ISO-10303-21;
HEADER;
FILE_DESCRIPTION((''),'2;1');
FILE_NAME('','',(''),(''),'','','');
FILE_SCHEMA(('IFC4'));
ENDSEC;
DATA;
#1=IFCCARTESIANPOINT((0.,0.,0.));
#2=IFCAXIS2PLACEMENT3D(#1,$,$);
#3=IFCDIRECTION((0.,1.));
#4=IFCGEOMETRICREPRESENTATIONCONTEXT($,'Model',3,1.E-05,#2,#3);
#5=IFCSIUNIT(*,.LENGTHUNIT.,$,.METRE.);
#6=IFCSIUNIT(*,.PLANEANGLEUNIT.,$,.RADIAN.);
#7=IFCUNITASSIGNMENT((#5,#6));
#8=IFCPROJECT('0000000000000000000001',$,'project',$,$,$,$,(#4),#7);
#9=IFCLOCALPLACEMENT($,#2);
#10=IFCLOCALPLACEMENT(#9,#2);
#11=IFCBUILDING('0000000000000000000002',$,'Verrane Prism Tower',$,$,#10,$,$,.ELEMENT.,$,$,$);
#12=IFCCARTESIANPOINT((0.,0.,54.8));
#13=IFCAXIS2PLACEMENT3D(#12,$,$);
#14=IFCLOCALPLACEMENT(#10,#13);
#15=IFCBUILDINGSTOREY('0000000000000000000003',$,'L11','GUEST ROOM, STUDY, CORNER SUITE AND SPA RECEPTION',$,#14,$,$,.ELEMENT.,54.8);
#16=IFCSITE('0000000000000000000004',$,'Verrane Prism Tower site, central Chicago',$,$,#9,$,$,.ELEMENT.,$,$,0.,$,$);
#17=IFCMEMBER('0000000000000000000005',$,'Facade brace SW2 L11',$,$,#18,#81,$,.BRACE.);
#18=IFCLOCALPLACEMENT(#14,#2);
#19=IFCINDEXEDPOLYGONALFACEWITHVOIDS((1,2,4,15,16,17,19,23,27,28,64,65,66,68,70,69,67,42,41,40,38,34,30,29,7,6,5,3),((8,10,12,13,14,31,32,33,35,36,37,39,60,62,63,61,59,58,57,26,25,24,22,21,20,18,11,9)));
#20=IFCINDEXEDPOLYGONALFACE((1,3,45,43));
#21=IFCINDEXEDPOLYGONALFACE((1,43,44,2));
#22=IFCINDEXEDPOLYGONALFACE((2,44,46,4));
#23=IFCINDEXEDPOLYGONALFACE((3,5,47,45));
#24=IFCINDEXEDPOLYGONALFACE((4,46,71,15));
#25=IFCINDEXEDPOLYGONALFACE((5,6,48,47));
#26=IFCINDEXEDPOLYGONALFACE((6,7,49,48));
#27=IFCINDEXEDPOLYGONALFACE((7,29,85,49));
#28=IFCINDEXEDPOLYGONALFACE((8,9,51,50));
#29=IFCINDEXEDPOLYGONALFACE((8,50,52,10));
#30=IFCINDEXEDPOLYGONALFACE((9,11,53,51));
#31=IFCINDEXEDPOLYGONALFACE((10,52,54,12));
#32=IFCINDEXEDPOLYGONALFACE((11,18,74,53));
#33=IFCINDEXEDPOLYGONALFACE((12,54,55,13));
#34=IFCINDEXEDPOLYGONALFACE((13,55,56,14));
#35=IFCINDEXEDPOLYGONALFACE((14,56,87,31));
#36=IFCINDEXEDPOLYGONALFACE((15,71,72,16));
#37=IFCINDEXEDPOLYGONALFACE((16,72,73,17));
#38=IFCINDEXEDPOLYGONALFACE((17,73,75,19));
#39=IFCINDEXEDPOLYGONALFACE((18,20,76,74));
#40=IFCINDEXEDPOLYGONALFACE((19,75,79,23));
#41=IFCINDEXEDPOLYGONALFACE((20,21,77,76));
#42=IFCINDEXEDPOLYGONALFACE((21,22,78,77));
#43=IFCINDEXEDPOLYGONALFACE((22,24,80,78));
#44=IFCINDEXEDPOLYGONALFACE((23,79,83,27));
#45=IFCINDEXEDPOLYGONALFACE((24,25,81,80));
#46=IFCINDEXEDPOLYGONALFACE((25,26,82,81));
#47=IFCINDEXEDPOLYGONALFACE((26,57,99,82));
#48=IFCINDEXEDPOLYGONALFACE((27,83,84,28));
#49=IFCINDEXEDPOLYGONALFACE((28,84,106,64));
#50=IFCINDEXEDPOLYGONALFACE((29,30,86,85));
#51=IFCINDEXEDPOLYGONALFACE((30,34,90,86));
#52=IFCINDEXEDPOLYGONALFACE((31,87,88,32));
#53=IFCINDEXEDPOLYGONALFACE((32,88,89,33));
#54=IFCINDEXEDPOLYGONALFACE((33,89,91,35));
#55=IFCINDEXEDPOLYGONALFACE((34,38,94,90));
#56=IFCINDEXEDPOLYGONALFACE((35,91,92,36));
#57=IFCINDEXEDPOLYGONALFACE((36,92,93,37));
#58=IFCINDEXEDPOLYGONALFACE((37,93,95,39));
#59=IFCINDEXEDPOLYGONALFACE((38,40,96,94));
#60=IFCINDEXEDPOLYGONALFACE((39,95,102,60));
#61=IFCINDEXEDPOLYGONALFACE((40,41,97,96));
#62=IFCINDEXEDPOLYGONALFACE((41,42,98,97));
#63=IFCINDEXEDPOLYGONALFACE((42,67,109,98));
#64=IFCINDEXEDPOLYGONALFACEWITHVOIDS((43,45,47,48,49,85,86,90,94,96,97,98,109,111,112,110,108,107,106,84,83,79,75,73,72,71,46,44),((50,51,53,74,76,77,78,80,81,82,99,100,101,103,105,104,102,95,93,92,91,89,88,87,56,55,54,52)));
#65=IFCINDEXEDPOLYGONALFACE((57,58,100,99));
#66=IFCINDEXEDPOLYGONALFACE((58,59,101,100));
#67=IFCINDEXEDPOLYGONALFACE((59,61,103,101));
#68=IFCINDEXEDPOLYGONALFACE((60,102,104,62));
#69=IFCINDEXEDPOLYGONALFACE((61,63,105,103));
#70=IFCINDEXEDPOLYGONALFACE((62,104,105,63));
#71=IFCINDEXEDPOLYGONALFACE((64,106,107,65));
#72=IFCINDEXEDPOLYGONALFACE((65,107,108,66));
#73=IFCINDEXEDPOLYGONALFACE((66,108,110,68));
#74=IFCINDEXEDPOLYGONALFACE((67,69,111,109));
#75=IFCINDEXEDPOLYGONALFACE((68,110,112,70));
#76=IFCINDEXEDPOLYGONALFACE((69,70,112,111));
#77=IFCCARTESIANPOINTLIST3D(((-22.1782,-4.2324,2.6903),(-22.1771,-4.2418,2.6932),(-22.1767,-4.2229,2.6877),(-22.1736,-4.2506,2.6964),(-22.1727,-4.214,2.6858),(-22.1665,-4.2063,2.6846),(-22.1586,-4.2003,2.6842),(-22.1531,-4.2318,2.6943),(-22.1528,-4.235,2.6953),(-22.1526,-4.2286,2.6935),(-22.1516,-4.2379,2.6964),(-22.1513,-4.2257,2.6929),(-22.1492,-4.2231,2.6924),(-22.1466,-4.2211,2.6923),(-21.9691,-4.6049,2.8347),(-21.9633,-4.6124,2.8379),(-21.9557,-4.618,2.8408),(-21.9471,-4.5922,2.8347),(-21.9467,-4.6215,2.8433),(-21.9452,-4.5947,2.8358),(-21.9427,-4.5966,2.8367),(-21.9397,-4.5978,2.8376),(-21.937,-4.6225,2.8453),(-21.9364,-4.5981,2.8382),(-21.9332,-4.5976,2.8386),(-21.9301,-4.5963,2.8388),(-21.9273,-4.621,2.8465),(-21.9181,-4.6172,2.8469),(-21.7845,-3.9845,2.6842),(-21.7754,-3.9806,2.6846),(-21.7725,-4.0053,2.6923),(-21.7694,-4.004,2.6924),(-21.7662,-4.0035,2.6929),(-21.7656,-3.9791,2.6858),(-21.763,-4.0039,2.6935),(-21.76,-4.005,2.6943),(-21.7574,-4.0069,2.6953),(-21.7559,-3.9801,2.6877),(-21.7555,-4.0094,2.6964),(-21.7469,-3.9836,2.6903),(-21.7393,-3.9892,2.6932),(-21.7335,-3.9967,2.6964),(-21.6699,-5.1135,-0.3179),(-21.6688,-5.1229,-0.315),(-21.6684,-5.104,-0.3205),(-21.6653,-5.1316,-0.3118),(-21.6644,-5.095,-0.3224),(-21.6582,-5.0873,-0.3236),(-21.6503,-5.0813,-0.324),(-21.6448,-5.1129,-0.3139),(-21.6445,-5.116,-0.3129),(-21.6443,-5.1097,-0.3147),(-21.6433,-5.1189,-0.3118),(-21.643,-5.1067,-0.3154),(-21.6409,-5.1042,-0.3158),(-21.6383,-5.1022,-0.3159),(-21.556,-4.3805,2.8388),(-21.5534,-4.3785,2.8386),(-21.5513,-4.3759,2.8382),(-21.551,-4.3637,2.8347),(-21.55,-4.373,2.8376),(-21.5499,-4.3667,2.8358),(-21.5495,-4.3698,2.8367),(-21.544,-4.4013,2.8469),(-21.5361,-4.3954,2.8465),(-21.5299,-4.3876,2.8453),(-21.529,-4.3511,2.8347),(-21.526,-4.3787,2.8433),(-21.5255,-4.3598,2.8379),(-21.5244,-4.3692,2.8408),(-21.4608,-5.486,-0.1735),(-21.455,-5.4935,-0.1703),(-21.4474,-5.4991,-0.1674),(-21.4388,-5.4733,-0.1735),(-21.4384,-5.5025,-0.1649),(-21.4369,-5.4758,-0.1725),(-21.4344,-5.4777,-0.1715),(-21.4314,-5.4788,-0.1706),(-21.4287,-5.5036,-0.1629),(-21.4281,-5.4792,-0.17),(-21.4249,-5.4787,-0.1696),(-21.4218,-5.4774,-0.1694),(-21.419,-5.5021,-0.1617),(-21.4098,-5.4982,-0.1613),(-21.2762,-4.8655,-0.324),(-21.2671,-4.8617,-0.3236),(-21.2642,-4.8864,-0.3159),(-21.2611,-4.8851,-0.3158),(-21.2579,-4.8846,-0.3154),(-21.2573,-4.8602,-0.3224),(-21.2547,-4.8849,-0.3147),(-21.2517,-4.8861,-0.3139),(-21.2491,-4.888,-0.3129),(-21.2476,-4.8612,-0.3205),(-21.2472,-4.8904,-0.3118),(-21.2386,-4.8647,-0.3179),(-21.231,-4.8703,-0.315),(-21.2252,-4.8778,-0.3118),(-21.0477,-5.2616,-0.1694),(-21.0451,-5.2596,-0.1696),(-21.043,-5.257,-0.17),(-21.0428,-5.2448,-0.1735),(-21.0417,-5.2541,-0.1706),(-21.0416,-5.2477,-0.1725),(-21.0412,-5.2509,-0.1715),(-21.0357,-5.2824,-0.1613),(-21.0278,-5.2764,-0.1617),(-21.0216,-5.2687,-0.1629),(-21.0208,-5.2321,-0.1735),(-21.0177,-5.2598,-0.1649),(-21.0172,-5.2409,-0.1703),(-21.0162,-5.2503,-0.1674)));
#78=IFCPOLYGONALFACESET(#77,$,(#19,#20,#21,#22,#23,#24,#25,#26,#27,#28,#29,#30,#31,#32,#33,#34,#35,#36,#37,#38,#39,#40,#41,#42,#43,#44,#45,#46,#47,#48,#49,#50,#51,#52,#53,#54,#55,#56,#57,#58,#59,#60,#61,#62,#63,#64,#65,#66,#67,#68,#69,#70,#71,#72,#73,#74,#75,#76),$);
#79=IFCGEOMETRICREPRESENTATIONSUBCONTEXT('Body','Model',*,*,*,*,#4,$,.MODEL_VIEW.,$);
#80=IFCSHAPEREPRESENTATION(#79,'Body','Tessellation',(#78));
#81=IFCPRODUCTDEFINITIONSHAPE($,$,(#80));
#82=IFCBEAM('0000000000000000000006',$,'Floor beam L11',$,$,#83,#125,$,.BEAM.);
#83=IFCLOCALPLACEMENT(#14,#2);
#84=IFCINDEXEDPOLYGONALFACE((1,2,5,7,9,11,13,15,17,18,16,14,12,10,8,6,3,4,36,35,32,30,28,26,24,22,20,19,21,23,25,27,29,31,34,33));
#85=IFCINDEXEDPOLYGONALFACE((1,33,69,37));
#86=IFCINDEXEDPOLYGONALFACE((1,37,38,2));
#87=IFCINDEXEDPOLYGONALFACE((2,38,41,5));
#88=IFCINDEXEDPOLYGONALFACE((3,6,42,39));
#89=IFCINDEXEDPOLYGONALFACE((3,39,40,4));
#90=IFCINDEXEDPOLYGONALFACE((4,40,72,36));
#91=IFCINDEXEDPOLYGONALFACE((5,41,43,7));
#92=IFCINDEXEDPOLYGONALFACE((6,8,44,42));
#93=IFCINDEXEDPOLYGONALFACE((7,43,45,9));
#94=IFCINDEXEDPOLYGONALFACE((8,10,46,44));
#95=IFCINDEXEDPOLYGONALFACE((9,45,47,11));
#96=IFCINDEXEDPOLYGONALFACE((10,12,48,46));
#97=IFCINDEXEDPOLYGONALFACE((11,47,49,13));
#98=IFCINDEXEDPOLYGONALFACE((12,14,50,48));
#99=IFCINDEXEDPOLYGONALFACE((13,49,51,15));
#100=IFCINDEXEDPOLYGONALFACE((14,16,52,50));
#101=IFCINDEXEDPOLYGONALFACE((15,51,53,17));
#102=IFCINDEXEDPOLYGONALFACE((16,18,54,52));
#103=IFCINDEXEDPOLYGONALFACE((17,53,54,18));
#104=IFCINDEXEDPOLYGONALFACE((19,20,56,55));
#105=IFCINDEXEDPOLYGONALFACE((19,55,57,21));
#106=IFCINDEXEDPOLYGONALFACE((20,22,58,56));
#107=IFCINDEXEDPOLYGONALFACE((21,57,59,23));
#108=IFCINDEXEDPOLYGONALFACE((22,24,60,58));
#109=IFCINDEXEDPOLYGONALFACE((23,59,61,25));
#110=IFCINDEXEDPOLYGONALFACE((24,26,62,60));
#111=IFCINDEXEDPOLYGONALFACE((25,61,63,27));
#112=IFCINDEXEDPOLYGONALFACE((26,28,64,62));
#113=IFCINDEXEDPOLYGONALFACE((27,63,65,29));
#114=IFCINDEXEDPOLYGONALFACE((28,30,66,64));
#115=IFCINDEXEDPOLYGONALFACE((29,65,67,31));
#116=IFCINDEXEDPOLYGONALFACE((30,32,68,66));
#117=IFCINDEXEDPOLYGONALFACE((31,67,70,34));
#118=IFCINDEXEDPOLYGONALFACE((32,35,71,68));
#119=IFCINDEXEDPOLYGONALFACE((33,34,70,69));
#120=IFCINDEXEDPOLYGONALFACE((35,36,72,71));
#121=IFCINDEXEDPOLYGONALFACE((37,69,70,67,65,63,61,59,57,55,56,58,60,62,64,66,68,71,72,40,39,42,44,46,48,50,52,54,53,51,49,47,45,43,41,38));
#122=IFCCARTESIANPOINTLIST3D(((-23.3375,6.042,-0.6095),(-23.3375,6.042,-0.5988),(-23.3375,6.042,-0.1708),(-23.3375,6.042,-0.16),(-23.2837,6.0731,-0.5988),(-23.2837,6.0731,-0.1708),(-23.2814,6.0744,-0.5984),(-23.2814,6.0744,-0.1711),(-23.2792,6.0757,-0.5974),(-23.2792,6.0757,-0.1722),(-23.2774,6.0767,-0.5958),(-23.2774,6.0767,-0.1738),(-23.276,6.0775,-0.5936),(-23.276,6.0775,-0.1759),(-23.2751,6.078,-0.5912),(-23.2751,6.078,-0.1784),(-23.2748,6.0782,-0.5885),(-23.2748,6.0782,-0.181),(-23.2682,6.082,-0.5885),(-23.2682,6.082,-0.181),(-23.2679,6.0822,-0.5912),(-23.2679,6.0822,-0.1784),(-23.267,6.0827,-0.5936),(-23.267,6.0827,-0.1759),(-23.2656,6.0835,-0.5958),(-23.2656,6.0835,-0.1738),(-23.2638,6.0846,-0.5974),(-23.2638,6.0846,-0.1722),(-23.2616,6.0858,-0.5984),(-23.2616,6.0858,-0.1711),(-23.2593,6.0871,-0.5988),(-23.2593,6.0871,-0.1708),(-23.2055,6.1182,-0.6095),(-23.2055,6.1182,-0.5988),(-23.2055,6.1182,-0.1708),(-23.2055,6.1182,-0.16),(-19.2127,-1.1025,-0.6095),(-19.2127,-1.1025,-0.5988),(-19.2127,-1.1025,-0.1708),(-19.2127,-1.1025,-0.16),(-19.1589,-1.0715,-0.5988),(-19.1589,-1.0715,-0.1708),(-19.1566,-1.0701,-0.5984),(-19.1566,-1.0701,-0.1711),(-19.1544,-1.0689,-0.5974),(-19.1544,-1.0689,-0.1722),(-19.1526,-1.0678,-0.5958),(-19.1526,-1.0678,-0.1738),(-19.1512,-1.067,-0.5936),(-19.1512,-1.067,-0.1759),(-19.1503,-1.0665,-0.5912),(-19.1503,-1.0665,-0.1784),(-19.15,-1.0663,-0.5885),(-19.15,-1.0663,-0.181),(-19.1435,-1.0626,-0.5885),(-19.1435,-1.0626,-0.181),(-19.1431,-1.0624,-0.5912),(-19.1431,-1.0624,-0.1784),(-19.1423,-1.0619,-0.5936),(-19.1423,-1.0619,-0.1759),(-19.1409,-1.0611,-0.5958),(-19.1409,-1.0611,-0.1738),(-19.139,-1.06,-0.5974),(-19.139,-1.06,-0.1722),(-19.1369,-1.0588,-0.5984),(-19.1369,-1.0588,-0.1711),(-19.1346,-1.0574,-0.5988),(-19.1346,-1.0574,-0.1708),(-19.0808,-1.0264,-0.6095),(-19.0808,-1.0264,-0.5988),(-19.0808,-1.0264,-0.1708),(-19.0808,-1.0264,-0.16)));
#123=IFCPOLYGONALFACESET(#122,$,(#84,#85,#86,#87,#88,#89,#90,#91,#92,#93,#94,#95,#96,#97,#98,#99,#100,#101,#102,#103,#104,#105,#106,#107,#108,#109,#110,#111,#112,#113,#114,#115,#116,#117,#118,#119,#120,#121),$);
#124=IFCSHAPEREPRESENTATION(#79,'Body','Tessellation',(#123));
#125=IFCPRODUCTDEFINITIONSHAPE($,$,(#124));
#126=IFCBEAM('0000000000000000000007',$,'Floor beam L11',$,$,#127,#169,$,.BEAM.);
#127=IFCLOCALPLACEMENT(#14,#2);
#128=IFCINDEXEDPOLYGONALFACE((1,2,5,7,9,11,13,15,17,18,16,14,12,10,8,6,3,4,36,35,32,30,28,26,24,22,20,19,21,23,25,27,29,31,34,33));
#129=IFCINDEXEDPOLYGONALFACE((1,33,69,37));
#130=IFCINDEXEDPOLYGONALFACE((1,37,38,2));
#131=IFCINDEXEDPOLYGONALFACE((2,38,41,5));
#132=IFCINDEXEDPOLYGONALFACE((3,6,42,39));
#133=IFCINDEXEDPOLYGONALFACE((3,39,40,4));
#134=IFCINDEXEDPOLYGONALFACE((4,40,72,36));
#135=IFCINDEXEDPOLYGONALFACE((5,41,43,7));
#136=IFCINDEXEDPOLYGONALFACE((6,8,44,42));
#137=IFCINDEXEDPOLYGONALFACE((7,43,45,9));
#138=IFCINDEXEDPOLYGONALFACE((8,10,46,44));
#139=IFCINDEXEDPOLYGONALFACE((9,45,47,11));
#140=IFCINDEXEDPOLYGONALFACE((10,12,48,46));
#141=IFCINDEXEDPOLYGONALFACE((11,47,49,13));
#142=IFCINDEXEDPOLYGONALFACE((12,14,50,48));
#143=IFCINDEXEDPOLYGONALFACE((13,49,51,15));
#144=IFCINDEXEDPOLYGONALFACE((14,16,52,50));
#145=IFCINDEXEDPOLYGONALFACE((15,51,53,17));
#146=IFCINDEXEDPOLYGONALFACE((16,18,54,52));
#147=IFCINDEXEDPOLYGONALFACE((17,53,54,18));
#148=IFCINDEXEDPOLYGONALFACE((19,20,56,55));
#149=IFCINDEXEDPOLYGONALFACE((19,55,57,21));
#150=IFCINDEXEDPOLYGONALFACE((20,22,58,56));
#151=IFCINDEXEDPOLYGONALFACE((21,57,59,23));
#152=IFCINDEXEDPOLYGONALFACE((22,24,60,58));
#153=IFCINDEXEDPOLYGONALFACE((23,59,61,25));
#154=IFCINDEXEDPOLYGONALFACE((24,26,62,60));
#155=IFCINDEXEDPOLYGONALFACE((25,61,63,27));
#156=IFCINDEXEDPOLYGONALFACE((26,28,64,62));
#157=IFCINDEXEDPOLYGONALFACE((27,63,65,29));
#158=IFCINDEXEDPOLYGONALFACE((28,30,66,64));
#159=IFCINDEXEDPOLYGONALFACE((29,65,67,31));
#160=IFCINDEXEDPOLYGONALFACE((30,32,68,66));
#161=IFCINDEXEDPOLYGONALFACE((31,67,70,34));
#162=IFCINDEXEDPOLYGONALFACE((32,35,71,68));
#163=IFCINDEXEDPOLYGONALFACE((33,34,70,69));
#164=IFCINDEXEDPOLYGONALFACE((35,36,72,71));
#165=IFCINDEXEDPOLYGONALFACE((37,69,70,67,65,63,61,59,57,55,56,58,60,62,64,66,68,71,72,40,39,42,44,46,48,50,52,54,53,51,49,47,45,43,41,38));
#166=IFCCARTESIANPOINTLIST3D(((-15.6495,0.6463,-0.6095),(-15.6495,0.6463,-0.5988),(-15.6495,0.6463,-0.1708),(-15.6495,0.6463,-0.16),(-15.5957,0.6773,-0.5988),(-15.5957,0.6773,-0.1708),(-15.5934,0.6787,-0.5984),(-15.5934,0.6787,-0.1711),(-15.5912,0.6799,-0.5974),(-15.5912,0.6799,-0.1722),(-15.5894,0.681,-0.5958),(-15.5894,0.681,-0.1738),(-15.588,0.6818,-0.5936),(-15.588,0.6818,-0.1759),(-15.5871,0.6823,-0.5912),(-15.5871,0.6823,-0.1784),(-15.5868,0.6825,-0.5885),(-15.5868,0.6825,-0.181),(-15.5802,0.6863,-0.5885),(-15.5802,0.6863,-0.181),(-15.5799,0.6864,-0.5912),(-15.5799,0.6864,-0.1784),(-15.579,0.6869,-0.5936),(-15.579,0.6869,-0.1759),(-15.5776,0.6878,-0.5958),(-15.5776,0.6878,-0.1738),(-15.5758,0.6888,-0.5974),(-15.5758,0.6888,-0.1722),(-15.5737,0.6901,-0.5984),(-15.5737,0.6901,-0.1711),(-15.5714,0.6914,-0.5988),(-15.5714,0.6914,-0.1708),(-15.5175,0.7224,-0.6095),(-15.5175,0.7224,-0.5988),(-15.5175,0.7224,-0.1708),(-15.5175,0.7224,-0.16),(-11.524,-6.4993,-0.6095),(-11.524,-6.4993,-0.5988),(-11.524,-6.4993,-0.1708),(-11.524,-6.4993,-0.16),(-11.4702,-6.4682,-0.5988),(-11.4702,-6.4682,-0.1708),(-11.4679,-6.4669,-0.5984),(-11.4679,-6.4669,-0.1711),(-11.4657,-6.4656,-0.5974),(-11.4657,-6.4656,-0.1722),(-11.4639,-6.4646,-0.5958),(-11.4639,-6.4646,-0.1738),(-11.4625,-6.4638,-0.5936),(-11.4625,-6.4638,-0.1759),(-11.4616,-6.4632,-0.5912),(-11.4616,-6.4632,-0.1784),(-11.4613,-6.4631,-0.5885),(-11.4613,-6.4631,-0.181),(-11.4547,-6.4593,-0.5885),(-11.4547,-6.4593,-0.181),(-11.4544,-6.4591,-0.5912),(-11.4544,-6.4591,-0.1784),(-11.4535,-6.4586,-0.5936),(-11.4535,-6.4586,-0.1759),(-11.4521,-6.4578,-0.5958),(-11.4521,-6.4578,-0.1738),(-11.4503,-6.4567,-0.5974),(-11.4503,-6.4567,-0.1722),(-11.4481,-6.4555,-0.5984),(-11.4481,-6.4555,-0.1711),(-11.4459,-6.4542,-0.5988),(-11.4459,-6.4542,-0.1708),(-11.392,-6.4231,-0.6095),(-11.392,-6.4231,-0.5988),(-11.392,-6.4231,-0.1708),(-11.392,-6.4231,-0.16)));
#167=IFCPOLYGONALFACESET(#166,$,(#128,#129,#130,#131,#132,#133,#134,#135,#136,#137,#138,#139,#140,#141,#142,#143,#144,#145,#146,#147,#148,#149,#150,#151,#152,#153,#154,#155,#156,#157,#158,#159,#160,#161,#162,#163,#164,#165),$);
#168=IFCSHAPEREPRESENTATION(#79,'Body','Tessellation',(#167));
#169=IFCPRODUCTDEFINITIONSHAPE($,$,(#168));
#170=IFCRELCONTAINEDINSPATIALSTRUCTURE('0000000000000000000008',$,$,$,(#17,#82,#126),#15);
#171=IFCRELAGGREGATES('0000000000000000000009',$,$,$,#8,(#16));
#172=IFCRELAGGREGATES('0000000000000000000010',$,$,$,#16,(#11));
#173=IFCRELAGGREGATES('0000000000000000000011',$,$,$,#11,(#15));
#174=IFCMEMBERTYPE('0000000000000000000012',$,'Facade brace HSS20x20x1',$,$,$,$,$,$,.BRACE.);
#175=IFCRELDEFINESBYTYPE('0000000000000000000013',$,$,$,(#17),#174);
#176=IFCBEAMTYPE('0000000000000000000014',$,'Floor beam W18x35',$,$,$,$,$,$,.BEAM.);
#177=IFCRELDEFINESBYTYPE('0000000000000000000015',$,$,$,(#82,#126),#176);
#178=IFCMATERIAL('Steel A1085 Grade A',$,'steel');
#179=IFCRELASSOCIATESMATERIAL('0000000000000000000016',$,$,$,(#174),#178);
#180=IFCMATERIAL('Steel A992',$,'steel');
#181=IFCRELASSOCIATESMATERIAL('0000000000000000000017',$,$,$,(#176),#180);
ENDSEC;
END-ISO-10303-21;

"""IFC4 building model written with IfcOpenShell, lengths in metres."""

from ifc_helpers import new_model, si_unit, direction, frame, origin, origin_2d, place, context, subcontext, project, spatial, hollow_rectangle, i_section, extrude, material, material_profile, profile_set, type_object, element, save


model = new_model("IFC4")

# Units and contexts
model_context = context("Model", 3, precision=1e-05, world=origin(), true_north=direction((0.0, 1.0)))
body_context = subcontext(model_context, "Body", "Model", "MODEL_VIEW")
ifc_project = project(units=[si_unit("LENGTHUNIT", "METRE"), si_unit("PLANEANGLEUNIT", "RADIAN")], contexts=[model_context])

# Site, building, storey
site_placement = place(None, origin())
site = spatial("IfcSite", under=ifc_project, at=site_placement, Name="Verrane Prism Tower site, central Chicago", CompositionType="ELEMENT", RefElevation=0.0)
building_placement = place(site_placement, origin())
building = spatial("IfcBuilding", under=site, at=building_placement, Name="Verrane Prism Tower", CompositionType="ELEMENT")
storey_placement = place(building_placement, frame((0.0, 0.0, 54.8)))
storey = spatial("IfcBuildingStorey", under=building, at=storey_placement, Name="L11", Description="GUEST ROOM, STUDY, CORNER SUITE AND SPA RECEPTION", CompositionType="ELEMENT", Elevation=54.8)

# Member
ifc_material_1 = material(Name="Steel A1085 Grade A", Category="steel")
ifc_material_profile_1 = material_profile(ifc_material_1, hollow_rectangle(XDim=0.5081, YDim=0.5081, WallThickness=0.0254, InnerFilletRadius=0.0127, OuterFilletRadius=0.0381, at=origin_2d()), Name="HSS20x20x1")
ifc_profile_set_1 = profile_set([ifc_material_profile_1], Name="Steel A1085 Grade A")
member_type_1 = type_object("IfcMemberType", Name="Facade brace HSS20x20x1", PredefinedType="BRACE", material=ifc_profile_set_1)
member_1_placement = place(storey_placement, frame((-21.343, -5.1819, -0.2427), z_axis=(-0.160063, 0.277458, 0.94731), x_axis=(-0.866198, -0.499702, 0.0)))
element("IfcMember", 1, at=member_1_placement, inside=storey, type_object=member_type_1, Name="Facade brace SW2 L11", PredefinedType="BRACE", context=body_context, shape_type="SweptSolid", body=[
    extrude(hollow_rectangle(XDim=0.5081, YDim=0.5081, WallThickness=0.0254, InnerFilletRadius=0.0127, OuterFilletRadius=0.0381, at=origin_2d()), origin(), (0.0, 0.0, 1.0), 3.1755),
])

# Beams
ifc_material_2 = material(Name="Steel A992", Category="steel")
ifc_material_profile_2 = material_profile(ifc_material_2, i_section(OverallWidth=0.1523, OverallDepth=0.4495, WebThickness=0.0076, FlangeThickness=0.0107, FilletRadius=0.0103, at=origin_2d()), Name="W18x35")
ifc_profile_set_2 = profile_set([ifc_material_profile_2], Name="Steel A992")
beam_type_1 = type_object("IfcBeamType", Name="Floor beam W18x35", PredefinedType="BEAM", material=ifc_profile_set_2)
beam_1_placement = place(storey_placement, frame((-19.1467, -1.0645, -0.3848), z_axis=(-0.499987, 0.866033, 0.0), x_axis=(-0.866033, -0.499987, 0.0)))
element("IfcBeam", 2, at=beam_1_placement, inside=storey, type_object=beam_type_1, Name="Floor beam L11", PredefinedType="BEAM", context=body_context, shape_type="SweptSolid", body=[
    extrude(i_section(OverallWidth=0.1523, OverallDepth=0.4495, WebThickness=0.0076, FlangeThickness=0.0107, FilletRadius=0.0103, at=origin_2d()), origin(), (0.0, 0.0, 1.0), 8.2498),
])
beam_2_placement = place(storey_placement, frame((-11.458, -6.4612, -0.3848), z_axis=(-0.500002, 0.866024, 0.0), x_axis=(-0.866024, -0.500002, 0.0)))
element("IfcBeam", 3, at=beam_2_placement, inside=storey, type_object=beam_type_1, Name="Floor beam L11", PredefinedType="BEAM", context=body_context, shape_type="SweptSolid", body=[
    extrude(i_section(OverallWidth=0.1523, OverallDepth=0.4495, WebThickness=0.0076, FlangeThickness=0.0107, FilletRadius=0.0103, at=origin_2d()), origin(), (0.0, 0.0, 1.0), 8.251),
])

save(model, "model.ifc")
